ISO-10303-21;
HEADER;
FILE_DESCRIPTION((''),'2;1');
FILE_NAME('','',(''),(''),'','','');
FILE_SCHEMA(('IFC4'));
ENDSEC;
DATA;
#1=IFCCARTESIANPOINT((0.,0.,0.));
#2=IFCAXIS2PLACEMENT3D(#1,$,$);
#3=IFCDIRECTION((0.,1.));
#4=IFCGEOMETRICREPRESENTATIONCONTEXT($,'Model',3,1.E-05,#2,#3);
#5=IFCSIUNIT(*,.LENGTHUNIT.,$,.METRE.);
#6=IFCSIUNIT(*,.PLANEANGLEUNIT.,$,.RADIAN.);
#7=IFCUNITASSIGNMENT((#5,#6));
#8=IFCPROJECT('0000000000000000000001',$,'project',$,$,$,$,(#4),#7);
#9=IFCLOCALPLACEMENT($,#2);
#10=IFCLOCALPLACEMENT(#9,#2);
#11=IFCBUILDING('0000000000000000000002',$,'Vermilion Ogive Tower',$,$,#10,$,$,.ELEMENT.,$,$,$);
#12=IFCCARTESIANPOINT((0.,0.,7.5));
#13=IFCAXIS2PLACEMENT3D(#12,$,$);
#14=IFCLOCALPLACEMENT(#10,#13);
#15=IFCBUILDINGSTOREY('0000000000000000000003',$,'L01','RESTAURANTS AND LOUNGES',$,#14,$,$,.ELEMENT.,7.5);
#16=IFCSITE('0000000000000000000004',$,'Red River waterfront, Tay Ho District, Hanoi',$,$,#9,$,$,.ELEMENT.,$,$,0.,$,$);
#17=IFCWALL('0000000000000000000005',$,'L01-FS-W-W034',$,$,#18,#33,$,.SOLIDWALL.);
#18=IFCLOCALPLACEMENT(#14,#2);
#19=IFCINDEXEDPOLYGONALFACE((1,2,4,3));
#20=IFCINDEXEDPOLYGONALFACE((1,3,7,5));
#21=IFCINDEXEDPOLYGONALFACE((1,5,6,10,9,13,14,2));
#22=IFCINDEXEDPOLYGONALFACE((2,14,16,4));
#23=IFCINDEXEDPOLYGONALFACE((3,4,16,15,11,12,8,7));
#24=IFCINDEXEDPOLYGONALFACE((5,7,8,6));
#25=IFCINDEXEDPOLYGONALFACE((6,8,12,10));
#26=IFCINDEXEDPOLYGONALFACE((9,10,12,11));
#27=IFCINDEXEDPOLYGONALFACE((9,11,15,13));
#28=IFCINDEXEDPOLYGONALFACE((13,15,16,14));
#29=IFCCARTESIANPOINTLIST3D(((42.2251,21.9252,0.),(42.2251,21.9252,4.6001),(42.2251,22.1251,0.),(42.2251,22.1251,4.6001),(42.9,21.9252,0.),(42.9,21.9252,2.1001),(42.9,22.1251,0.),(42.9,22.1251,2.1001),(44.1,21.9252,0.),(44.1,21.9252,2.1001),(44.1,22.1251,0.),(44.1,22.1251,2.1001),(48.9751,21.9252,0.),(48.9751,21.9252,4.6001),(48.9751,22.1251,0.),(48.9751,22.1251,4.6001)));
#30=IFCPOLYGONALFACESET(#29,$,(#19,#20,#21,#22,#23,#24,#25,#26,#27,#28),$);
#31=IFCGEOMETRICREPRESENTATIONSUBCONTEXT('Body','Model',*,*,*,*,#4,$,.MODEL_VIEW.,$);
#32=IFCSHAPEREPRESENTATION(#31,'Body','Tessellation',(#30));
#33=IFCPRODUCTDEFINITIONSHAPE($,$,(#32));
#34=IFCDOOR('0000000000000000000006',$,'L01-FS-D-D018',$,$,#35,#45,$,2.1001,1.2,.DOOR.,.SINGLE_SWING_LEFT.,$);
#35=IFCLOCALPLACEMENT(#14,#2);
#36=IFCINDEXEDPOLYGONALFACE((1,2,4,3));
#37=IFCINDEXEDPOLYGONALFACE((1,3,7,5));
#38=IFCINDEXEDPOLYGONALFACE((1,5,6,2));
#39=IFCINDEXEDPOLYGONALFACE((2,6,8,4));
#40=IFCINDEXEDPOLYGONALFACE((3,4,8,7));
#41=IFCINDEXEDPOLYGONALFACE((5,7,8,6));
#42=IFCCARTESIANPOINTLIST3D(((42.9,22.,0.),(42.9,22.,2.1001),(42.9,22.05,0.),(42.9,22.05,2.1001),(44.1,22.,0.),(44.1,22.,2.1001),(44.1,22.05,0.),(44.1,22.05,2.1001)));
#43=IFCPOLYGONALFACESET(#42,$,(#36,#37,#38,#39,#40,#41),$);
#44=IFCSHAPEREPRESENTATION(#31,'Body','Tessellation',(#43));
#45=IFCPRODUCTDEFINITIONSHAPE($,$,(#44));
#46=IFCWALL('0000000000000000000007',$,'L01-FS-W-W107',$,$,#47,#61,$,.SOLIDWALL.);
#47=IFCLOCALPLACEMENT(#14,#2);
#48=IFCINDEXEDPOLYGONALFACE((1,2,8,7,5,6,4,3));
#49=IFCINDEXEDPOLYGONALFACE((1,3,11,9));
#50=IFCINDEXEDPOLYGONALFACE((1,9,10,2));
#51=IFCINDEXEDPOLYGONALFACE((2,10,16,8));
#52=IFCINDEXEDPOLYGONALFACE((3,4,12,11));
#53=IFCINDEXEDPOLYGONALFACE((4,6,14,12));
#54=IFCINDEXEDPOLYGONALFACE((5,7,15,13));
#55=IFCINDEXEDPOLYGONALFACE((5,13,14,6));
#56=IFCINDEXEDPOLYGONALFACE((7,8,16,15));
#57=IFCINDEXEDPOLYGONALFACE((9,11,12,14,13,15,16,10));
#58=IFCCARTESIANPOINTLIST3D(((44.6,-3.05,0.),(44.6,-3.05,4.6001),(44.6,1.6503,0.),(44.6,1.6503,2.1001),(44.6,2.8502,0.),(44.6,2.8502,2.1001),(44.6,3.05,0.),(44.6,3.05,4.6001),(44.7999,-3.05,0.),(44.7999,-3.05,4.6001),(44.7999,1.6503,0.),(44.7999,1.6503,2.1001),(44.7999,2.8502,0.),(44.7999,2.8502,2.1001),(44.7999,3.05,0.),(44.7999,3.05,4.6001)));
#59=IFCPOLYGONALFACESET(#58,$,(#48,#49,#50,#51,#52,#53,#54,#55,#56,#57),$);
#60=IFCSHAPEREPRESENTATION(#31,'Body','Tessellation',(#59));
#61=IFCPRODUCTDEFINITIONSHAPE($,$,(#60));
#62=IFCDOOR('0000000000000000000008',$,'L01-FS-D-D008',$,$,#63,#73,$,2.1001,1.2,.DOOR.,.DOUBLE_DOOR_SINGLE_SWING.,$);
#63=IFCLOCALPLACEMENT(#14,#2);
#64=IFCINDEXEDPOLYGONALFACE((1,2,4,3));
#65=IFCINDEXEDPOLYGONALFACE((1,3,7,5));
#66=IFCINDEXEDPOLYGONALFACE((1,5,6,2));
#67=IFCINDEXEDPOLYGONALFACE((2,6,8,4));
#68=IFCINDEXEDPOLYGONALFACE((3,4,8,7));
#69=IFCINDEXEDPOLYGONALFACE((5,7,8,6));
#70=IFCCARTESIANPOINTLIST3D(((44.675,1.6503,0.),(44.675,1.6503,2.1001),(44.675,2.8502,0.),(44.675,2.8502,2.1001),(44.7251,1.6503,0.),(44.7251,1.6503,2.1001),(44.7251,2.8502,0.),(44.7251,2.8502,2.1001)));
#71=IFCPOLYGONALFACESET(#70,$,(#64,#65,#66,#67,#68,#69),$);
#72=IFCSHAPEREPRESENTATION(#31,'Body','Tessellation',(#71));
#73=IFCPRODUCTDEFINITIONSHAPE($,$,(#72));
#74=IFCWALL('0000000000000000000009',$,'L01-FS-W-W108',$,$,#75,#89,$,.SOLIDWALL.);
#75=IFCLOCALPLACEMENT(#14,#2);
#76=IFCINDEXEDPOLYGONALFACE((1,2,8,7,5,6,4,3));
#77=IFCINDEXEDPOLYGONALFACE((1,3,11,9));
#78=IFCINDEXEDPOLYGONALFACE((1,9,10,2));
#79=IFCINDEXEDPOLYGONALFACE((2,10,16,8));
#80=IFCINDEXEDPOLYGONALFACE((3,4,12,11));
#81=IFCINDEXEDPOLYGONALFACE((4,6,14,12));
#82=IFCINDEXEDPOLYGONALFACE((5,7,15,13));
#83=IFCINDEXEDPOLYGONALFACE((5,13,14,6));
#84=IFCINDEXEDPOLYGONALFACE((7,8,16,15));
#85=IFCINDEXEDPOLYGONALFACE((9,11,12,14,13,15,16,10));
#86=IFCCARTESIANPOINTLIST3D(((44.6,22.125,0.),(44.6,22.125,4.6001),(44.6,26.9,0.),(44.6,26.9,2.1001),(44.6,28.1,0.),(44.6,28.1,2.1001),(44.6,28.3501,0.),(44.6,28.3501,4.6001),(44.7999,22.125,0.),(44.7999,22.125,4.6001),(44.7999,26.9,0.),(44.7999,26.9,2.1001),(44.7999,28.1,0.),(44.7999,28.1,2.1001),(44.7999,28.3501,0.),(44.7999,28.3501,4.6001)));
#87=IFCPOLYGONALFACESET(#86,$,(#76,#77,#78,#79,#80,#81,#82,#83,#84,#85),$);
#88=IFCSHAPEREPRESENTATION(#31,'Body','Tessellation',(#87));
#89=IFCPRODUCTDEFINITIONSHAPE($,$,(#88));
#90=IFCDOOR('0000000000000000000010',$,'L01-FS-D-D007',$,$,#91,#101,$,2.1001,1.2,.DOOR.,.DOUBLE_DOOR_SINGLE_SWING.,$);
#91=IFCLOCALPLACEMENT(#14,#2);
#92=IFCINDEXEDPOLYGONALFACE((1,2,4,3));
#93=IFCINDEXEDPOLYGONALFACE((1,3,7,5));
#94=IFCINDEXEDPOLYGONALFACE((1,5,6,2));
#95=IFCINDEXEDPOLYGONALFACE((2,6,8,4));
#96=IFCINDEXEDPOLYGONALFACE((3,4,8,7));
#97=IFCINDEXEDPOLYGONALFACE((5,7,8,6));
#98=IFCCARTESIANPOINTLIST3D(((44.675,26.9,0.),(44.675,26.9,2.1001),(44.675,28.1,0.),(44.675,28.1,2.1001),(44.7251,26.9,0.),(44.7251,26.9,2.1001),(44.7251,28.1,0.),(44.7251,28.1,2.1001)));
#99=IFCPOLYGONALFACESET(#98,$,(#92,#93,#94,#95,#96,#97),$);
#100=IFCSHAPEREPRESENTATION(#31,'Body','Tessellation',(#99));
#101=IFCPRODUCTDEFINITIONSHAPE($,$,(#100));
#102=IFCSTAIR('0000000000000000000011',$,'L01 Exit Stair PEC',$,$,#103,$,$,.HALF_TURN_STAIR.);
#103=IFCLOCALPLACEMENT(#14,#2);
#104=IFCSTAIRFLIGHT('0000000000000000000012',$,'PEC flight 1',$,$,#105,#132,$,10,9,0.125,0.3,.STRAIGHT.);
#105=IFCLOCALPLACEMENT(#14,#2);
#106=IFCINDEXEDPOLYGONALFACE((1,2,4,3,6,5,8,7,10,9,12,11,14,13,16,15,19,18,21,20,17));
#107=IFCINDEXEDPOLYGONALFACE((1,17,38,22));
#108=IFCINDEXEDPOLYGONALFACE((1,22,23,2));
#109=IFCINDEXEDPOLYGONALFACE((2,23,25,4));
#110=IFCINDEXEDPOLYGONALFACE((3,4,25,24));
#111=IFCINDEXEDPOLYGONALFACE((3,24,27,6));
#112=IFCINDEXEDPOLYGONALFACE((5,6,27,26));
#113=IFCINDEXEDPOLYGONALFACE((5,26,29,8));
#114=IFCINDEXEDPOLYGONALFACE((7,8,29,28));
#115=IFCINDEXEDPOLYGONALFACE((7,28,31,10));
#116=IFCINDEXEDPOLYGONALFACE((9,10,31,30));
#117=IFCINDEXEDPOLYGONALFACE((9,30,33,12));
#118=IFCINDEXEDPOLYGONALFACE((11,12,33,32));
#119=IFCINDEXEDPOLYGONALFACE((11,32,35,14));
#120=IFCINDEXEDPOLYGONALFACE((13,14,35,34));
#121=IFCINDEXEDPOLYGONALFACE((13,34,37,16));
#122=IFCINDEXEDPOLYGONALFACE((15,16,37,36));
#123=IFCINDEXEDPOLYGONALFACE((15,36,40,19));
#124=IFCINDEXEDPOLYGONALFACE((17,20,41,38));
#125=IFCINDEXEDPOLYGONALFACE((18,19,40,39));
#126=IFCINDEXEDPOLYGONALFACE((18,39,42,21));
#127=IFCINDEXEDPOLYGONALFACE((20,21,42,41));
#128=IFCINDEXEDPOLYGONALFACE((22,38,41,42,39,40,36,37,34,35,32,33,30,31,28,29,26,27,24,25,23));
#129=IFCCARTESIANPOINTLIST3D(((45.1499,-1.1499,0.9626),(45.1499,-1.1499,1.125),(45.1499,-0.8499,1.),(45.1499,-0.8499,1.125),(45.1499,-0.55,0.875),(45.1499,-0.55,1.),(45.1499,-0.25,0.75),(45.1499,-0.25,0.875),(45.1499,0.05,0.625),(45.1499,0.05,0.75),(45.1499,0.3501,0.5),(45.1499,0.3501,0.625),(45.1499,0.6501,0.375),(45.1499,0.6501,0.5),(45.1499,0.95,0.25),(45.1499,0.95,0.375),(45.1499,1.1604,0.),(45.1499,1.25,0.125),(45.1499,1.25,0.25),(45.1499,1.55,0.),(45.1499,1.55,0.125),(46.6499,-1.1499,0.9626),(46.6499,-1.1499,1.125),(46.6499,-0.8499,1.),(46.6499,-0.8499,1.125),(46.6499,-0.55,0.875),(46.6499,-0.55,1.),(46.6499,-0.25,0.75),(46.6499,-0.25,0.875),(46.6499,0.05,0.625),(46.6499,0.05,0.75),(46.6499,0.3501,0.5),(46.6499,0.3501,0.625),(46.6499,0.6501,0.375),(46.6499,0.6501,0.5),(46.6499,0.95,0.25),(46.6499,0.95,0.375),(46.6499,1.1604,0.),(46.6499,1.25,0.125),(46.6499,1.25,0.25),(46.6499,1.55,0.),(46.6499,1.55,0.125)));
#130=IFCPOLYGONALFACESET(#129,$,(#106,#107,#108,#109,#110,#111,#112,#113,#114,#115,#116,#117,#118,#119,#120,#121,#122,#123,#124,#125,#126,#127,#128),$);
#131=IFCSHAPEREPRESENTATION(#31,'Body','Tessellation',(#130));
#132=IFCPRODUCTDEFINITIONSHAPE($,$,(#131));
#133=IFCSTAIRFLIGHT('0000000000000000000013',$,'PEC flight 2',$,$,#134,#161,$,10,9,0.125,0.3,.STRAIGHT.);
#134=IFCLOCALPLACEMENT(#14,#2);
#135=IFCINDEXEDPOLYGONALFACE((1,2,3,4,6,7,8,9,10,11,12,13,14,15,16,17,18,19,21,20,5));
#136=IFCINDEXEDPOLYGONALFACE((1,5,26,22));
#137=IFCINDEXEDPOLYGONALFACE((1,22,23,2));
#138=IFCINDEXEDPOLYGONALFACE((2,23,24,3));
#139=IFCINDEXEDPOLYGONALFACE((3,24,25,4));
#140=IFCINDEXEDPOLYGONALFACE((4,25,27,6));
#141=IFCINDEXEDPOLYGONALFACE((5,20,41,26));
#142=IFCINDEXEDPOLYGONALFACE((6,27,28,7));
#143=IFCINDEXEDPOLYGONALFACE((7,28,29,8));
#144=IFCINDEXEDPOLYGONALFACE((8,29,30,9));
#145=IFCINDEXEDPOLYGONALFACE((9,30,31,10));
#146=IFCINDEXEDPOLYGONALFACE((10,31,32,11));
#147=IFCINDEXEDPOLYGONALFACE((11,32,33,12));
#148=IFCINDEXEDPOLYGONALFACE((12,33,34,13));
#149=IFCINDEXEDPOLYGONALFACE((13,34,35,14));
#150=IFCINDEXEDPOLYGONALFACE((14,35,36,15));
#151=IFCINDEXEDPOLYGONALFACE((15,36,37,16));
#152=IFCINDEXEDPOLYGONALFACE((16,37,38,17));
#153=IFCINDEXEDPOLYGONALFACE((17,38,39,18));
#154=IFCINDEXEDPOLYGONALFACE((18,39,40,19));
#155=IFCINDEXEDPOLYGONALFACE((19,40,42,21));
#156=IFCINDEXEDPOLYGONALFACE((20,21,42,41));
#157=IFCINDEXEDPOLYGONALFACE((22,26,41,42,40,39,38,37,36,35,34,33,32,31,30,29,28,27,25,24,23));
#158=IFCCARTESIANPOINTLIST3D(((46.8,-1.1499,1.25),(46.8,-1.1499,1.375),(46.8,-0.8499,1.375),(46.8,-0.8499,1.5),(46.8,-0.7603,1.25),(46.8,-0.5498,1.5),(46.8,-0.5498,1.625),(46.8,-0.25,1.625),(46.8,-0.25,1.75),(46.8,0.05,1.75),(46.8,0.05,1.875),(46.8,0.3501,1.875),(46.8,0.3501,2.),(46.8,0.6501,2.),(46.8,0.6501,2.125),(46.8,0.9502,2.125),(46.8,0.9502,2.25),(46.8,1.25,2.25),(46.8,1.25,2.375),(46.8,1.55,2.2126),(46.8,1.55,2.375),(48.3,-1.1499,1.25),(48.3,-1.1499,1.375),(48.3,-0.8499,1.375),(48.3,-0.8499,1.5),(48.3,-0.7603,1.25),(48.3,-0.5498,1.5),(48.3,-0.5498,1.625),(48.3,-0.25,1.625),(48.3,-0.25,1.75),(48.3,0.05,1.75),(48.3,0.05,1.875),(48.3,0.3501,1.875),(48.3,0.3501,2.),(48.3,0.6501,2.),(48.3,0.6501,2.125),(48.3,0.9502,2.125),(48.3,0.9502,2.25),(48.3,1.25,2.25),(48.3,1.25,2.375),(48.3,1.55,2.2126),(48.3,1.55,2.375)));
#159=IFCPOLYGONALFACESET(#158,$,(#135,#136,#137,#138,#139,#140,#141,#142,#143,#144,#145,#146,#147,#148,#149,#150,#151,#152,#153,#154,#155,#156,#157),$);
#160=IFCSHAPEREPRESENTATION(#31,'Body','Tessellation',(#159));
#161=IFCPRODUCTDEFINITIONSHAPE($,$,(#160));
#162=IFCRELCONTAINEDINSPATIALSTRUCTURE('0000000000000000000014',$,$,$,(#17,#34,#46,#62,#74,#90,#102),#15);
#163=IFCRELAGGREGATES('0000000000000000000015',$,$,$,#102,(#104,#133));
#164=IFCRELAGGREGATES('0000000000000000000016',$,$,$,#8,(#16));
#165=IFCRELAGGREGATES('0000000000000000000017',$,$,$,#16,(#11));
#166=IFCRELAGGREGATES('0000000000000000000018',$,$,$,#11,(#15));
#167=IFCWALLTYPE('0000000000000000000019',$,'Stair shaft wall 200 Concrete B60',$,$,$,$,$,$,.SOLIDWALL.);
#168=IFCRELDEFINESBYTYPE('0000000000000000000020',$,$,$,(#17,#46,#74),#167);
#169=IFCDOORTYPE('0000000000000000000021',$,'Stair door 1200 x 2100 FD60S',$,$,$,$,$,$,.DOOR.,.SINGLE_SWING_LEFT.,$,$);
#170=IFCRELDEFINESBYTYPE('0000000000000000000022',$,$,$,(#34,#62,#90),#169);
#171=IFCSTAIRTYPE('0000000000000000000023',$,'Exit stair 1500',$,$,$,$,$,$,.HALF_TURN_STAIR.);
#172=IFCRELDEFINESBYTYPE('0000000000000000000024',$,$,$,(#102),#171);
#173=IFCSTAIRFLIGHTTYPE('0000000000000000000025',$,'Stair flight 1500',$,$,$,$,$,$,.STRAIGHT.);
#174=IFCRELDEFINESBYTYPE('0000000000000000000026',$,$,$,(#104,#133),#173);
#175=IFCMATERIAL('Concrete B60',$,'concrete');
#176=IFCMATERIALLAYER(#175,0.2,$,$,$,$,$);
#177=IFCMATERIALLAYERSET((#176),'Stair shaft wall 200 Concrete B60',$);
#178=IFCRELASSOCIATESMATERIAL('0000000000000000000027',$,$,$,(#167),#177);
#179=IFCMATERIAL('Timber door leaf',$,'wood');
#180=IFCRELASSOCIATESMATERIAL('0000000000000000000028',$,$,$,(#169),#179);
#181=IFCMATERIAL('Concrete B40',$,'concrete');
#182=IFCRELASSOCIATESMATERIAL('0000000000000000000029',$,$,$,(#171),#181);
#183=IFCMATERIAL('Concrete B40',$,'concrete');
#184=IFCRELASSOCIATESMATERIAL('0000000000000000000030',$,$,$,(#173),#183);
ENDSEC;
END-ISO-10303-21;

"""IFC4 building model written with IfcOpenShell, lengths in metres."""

from ifc_helpers import new_model, si_unit, direction, frame, frame_2d, origin, place, context, subcontext, project, spatial, polyline, rectangle, outline, extrude, material, layer, layer_set, type_object, element, fill, aggregate, save


model = new_model("IFC4")

# Units and contexts
model_context = context("Model", 3, precision=1e-05, world=origin(), true_north=direction((0.0, 1.0)))
body_context = subcontext(model_context, "Body", "Model", "MODEL_VIEW")
ifc_project = project(units=[si_unit("LENGTHUNIT", "METRE"), si_unit("PLANEANGLEUNIT", "RADIAN")], contexts=[model_context])

# Site, building, storey
site_placement = place(None, origin())
site = spatial("IfcSite", under=ifc_project, at=site_placement, Name="Red River waterfront, Tay Ho District, Hanoi", CompositionType="ELEMENT", RefElevation=0.0)
building_placement = place(site_placement, origin())
building = spatial("IfcBuilding", under=site, at=building_placement, Name="Vermilion Ogive Tower", CompositionType="ELEMENT")
storey_placement = place(building_placement, frame((0.0, 0.0, 7.5)))
storey = spatial("IfcBuildingStorey", under=building, at=storey_placement, Name="L01", Description="RESTAURANTS AND LOUNGES", CompositionType="ELEMENT", Elevation=7.5)

# Shared definitions
ifc_material_1 = material(Name="Concrete B60", Category="concrete")
ifc_layer_1 = layer(ifc_material_1, 0.2)
ifc_layer_set_1 = layer_set([ifc_layer_1], Name="Stair shaft wall 200 Concrete B60")
wall_type_1 = type_object("IfcWallType", Name="Stair shaft wall 200 Concrete B60", PredefinedType="SOLIDWALL", material=ifc_layer_set_1)
ifc_material_2 = material(Name="Timber door leaf", Category="wood")
door_type_1 = type_object("IfcDoorType", Name="Stair door 1200 x 2100 FD60S", OperationType="SINGLE_SWING_LEFT", PredefinedType="DOOR", material=ifc_material_2)

# Walls, openings, doors
wall_1_placement = place(storey_placement, frame((42.2251, 22.0251, 0.0), z_axis=(0.0, 0.0, 1.0), x_axis=(1.0, 0.0, 0.0)))
wall_1 = element("IfcWall", 1, at=wall_1_placement, inside=storey, type_object=wall_type_1, Name="L01-FS-W-W034", PredefinedType="SOLIDWALL", context=body_context, shape_type="SweptSolid", body=[
    extrude(rectangle(XDim=6.75, YDim=0.2, at=frame_2d((3.375, 0.0))), origin(), (0.0, 0.0, 1.0), 4.6001),
])
opening_1_placement = place(wall_1_placement, frame((0.6748, 0.0, 0.0)))
opening_1 = element("IfcOpeningElement", 2, at=opening_1_placement, cuts=wall_1, PredefinedType="OPENING", context=body_context, shape_type="SweptSolid", body=[
    extrude(rectangle(XDim=1.2, YDim=2.1001, at=frame_2d((0.6001, 1.05))), frame((0.0, 0.1099, 0.0), z_axis=(0.0, -1.0, 0.0), x_axis=(1.0, 0.0, 0.0)), (0.0, 0.0, 1.0), 0.22),
])
door_1_placement = place(opening_1_placement, origin())
door_1 = element("IfcDoor", 3, at=door_1_placement, inside=storey, type_object=door_type_1, Name="L01-FS-D-D018", OperationType="SINGLE_SWING_LEFT", OverallHeight=2.1001, OverallWidth=1.2, PredefinedType="DOOR", context=body_context, shape_type="SweptSolid", body=[
    extrude(rectangle(XDim=1.2, YDim=2.1001, at=frame_2d((0.6001, 1.05))), frame((0.0, 0.0249, 0.0), z_axis=(0.0, -1.0, 0.0), x_axis=(1.0, 0.0, 0.0)), (0.0, 0.0, 1.0), 0.05),
])
fill(opening_1, door_1)
wall_2_placement = place(storey_placement, frame((44.7, -3.05, 0.0), z_axis=(0.0, 0.0, 1.0), x_axis=(0.0, 1.0, 0.0)))
wall_2 = element("IfcWall", 4, at=wall_2_placement, inside=storey, type_object=wall_type_1, Name="L01-FS-W-W107", PredefinedType="SOLIDWALL", context=body_context, shape_type="SweptSolid", body=[
    extrude(rectangle(XDim=6.1001, YDim=0.2, at=frame_2d((3.05, 0.0))), origin(), (0.0, 0.0, 1.0), 4.6001),
])
opening_2_placement = place(wall_2_placement, frame((4.7002, 0.0, 0.0)))
opening_2 = element("IfcOpeningElement", 5, at=opening_2_placement, cuts=wall_2, PredefinedType="OPENING", context=body_context, shape_type="SweptSolid", body=[
    extrude(rectangle(XDim=1.2, YDim=2.1001, at=frame_2d((0.6001, 1.05))), frame((0.0, 0.1099, 0.0), z_axis=(0.0, -1.0, 0.0), x_axis=(1.0, 0.0, 0.0)), (0.0, 0.0, 1.0), 0.22),
])
door_2_placement = place(opening_2_placement, origin())
door_2 = element("IfcDoor", 6, at=door_2_placement, inside=storey, type_object=door_type_1, Name="L01-FS-D-D008", OperationType="DOUBLE_DOOR_SINGLE_SWING", OverallHeight=2.1001, OverallWidth=1.2, PredefinedType="DOOR", context=body_context, shape_type="SweptSolid", body=[
    extrude(rectangle(XDim=1.2, YDim=2.1001, at=frame_2d((0.6001, 1.05))), frame((0.0, 0.0249, 0.0), z_axis=(0.0, -1.0, 0.0), x_axis=(1.0, 0.0, 0.0)), (0.0, 0.0, 1.0), 0.05),
])
fill(opening_2, door_2)
wall_3_placement = place(storey_placement, frame((44.7, 22.125, 0.0), z_axis=(0.0, 0.0, 1.0), x_axis=(0.0, 1.0, 0.0)))
wall_3 = element("IfcWall", 7, at=wall_3_placement, inside=storey, type_object=wall_type_1, Name="L01-FS-W-W108", PredefinedType="SOLIDWALL", context=body_context, shape_type="SweptSolid", body=[
    extrude(rectangle(XDim=6.2251, YDim=0.2, at=frame_2d((3.1125, 0.0))), origin(), (0.0, 0.0, 1.0), 4.6001),
])
opening_3_placement = place(wall_3_placement, frame((4.7749, 0.0, 0.0)))
opening_3 = element("IfcOpeningElement", 8, at=opening_3_placement, cuts=wall_3, PredefinedType="OPENING", context=body_context, shape_type="SweptSolid", body=[
    extrude(rectangle(XDim=1.2, YDim=2.1001, at=frame_2d((0.6001, 1.05))), frame((0.0, 0.1099, 0.0), z_axis=(0.0, -1.0, 0.0), x_axis=(1.0, 0.0, 0.0)), (0.0, 0.0, 1.0), 0.22),
])
door_3_placement = place(opening_3_placement, origin())
door_3 = element("IfcDoor", 9, at=door_3_placement, inside=storey, type_object=door_type_1, Name="L01-FS-D-D007", OperationType="DOUBLE_DOOR_SINGLE_SWING", OverallHeight=2.1001, OverallWidth=1.2, PredefinedType="DOOR", context=body_context, shape_type="SweptSolid", body=[
    extrude(rectangle(XDim=1.2, YDim=2.1001, at=frame_2d((0.6001, 1.05))), frame((0.0, 0.0249, 0.0), z_axis=(0.0, -1.0, 0.0), x_axis=(1.0, 0.0, 0.0)), (0.0, 0.0, 1.0), 0.05),
])
fill(opening_3, door_3)

# Stair, stair flights
ifc_material_3 = material(Name="Concrete B40", Category="concrete")
stair_type = type_object("IfcStairType", Name="Exit stair 1500", PredefinedType="HALF_TURN_STAIR", material=ifc_material_3)
stair_placement = place(storey_placement, origin())
stair = element("IfcStair", 10, at=stair_placement, inside=storey, type_object=stair_type, Name="L01 Exit Stair PEC", PredefinedType="HALF_TURN_STAIR")
ifc_material_4 = material(Name="Concrete B40", Category="concrete")
stair_flight_type = type_object("IfcStairFlightType", Name="Stair flight 1500", PredefinedType="STRAIGHT", material=ifc_material_4)
stair_flight_1_placement = place(storey_placement, frame((45.8999, 1.55, 0.0), z_axis=(0.0, 0.0, 1.0), x_axis=(0.0, -1.0, 0.0)))
stair_flight_1 = element("IfcStairFlight", 11, at=stair_flight_1_placement, type_object=stair_flight_type, Name="PEC flight 1", NumberOfRisers=10, NumberOfTreads=9, PredefinedType="STRAIGHT", RiserHeight=0.125, TreadLength=0.3, context=body_context, shape_type="SweptSolid", body=[
    extrude(outline(polyline([(0.0, 0.0), (0.0, 0.125), (0.3, 0.125), (0.3, 0.25), (0.6001, 0.25), (0.6001, 0.375), (0.8999, 0.375), (0.8999, 0.5), (1.2, 0.5), (1.2, 0.625), (1.5, 0.625), (1.5, 0.75), (1.8, 0.75), (1.8, 0.875), (2.1001, 0.875), (2.1001, 1.0), (2.3999, 1.0), (2.3999, 1.125), (2.7, 1.125), (2.7, 1.25), (2.7, 0.9626), (0.3896, 0.0), (0.0, 0.0)])), frame((0.0, 0.75, 0.0), z_axis=(0.0, -1.0, 0.0), x_axis=(1.0, 0.0, 0.0)), (0.0, 0.0, 1.0), 1.5),
])
stair_flight_2_placement = place(storey_placement, frame((47.55, -1.1499, 1.25), z_axis=(0.0, 0.0, 1.0), x_axis=(0.0, 1.0, 0.0)))
stair_flight_2 = element("IfcStairFlight", 12, at=stair_flight_2_placement, type_object=stair_flight_type, Name="PEC flight 2", NumberOfRisers=10, NumberOfTreads=9, PredefinedType="STRAIGHT", RiserHeight=0.125, TreadLength=0.3, context=body_context, shape_type="SweptSolid", body=[
    extrude(outline(polyline([(0.0, 0.0), (0.0, 0.125), (0.3, 0.125), (0.3, 0.25), (0.6001, 0.25), (0.6001, 0.375), (0.8999, 0.375), (0.8999, 0.5), (1.2, 0.5), (1.2, 0.625), (1.5, 0.625), (1.5, 0.75), (1.8, 0.75), (1.8, 0.875), (2.1001, 0.875), (2.1001, 1.0), (2.3999, 1.0), (2.3999, 1.125), (2.7, 1.125), (2.7, 1.25), (2.7, 0.9626), (0.3896, 0.0), (0.0, 0.0)])), frame((0.0, 0.75, 0.0), z_axis=(0.0, -1.0, 0.0), x_axis=(1.0, 0.0, 0.0)), (0.0, 0.0, 1.0), 1.5),
])
aggregate(stair, [stair_flight_1, stair_flight_2])

save(model, "model.ifc")
